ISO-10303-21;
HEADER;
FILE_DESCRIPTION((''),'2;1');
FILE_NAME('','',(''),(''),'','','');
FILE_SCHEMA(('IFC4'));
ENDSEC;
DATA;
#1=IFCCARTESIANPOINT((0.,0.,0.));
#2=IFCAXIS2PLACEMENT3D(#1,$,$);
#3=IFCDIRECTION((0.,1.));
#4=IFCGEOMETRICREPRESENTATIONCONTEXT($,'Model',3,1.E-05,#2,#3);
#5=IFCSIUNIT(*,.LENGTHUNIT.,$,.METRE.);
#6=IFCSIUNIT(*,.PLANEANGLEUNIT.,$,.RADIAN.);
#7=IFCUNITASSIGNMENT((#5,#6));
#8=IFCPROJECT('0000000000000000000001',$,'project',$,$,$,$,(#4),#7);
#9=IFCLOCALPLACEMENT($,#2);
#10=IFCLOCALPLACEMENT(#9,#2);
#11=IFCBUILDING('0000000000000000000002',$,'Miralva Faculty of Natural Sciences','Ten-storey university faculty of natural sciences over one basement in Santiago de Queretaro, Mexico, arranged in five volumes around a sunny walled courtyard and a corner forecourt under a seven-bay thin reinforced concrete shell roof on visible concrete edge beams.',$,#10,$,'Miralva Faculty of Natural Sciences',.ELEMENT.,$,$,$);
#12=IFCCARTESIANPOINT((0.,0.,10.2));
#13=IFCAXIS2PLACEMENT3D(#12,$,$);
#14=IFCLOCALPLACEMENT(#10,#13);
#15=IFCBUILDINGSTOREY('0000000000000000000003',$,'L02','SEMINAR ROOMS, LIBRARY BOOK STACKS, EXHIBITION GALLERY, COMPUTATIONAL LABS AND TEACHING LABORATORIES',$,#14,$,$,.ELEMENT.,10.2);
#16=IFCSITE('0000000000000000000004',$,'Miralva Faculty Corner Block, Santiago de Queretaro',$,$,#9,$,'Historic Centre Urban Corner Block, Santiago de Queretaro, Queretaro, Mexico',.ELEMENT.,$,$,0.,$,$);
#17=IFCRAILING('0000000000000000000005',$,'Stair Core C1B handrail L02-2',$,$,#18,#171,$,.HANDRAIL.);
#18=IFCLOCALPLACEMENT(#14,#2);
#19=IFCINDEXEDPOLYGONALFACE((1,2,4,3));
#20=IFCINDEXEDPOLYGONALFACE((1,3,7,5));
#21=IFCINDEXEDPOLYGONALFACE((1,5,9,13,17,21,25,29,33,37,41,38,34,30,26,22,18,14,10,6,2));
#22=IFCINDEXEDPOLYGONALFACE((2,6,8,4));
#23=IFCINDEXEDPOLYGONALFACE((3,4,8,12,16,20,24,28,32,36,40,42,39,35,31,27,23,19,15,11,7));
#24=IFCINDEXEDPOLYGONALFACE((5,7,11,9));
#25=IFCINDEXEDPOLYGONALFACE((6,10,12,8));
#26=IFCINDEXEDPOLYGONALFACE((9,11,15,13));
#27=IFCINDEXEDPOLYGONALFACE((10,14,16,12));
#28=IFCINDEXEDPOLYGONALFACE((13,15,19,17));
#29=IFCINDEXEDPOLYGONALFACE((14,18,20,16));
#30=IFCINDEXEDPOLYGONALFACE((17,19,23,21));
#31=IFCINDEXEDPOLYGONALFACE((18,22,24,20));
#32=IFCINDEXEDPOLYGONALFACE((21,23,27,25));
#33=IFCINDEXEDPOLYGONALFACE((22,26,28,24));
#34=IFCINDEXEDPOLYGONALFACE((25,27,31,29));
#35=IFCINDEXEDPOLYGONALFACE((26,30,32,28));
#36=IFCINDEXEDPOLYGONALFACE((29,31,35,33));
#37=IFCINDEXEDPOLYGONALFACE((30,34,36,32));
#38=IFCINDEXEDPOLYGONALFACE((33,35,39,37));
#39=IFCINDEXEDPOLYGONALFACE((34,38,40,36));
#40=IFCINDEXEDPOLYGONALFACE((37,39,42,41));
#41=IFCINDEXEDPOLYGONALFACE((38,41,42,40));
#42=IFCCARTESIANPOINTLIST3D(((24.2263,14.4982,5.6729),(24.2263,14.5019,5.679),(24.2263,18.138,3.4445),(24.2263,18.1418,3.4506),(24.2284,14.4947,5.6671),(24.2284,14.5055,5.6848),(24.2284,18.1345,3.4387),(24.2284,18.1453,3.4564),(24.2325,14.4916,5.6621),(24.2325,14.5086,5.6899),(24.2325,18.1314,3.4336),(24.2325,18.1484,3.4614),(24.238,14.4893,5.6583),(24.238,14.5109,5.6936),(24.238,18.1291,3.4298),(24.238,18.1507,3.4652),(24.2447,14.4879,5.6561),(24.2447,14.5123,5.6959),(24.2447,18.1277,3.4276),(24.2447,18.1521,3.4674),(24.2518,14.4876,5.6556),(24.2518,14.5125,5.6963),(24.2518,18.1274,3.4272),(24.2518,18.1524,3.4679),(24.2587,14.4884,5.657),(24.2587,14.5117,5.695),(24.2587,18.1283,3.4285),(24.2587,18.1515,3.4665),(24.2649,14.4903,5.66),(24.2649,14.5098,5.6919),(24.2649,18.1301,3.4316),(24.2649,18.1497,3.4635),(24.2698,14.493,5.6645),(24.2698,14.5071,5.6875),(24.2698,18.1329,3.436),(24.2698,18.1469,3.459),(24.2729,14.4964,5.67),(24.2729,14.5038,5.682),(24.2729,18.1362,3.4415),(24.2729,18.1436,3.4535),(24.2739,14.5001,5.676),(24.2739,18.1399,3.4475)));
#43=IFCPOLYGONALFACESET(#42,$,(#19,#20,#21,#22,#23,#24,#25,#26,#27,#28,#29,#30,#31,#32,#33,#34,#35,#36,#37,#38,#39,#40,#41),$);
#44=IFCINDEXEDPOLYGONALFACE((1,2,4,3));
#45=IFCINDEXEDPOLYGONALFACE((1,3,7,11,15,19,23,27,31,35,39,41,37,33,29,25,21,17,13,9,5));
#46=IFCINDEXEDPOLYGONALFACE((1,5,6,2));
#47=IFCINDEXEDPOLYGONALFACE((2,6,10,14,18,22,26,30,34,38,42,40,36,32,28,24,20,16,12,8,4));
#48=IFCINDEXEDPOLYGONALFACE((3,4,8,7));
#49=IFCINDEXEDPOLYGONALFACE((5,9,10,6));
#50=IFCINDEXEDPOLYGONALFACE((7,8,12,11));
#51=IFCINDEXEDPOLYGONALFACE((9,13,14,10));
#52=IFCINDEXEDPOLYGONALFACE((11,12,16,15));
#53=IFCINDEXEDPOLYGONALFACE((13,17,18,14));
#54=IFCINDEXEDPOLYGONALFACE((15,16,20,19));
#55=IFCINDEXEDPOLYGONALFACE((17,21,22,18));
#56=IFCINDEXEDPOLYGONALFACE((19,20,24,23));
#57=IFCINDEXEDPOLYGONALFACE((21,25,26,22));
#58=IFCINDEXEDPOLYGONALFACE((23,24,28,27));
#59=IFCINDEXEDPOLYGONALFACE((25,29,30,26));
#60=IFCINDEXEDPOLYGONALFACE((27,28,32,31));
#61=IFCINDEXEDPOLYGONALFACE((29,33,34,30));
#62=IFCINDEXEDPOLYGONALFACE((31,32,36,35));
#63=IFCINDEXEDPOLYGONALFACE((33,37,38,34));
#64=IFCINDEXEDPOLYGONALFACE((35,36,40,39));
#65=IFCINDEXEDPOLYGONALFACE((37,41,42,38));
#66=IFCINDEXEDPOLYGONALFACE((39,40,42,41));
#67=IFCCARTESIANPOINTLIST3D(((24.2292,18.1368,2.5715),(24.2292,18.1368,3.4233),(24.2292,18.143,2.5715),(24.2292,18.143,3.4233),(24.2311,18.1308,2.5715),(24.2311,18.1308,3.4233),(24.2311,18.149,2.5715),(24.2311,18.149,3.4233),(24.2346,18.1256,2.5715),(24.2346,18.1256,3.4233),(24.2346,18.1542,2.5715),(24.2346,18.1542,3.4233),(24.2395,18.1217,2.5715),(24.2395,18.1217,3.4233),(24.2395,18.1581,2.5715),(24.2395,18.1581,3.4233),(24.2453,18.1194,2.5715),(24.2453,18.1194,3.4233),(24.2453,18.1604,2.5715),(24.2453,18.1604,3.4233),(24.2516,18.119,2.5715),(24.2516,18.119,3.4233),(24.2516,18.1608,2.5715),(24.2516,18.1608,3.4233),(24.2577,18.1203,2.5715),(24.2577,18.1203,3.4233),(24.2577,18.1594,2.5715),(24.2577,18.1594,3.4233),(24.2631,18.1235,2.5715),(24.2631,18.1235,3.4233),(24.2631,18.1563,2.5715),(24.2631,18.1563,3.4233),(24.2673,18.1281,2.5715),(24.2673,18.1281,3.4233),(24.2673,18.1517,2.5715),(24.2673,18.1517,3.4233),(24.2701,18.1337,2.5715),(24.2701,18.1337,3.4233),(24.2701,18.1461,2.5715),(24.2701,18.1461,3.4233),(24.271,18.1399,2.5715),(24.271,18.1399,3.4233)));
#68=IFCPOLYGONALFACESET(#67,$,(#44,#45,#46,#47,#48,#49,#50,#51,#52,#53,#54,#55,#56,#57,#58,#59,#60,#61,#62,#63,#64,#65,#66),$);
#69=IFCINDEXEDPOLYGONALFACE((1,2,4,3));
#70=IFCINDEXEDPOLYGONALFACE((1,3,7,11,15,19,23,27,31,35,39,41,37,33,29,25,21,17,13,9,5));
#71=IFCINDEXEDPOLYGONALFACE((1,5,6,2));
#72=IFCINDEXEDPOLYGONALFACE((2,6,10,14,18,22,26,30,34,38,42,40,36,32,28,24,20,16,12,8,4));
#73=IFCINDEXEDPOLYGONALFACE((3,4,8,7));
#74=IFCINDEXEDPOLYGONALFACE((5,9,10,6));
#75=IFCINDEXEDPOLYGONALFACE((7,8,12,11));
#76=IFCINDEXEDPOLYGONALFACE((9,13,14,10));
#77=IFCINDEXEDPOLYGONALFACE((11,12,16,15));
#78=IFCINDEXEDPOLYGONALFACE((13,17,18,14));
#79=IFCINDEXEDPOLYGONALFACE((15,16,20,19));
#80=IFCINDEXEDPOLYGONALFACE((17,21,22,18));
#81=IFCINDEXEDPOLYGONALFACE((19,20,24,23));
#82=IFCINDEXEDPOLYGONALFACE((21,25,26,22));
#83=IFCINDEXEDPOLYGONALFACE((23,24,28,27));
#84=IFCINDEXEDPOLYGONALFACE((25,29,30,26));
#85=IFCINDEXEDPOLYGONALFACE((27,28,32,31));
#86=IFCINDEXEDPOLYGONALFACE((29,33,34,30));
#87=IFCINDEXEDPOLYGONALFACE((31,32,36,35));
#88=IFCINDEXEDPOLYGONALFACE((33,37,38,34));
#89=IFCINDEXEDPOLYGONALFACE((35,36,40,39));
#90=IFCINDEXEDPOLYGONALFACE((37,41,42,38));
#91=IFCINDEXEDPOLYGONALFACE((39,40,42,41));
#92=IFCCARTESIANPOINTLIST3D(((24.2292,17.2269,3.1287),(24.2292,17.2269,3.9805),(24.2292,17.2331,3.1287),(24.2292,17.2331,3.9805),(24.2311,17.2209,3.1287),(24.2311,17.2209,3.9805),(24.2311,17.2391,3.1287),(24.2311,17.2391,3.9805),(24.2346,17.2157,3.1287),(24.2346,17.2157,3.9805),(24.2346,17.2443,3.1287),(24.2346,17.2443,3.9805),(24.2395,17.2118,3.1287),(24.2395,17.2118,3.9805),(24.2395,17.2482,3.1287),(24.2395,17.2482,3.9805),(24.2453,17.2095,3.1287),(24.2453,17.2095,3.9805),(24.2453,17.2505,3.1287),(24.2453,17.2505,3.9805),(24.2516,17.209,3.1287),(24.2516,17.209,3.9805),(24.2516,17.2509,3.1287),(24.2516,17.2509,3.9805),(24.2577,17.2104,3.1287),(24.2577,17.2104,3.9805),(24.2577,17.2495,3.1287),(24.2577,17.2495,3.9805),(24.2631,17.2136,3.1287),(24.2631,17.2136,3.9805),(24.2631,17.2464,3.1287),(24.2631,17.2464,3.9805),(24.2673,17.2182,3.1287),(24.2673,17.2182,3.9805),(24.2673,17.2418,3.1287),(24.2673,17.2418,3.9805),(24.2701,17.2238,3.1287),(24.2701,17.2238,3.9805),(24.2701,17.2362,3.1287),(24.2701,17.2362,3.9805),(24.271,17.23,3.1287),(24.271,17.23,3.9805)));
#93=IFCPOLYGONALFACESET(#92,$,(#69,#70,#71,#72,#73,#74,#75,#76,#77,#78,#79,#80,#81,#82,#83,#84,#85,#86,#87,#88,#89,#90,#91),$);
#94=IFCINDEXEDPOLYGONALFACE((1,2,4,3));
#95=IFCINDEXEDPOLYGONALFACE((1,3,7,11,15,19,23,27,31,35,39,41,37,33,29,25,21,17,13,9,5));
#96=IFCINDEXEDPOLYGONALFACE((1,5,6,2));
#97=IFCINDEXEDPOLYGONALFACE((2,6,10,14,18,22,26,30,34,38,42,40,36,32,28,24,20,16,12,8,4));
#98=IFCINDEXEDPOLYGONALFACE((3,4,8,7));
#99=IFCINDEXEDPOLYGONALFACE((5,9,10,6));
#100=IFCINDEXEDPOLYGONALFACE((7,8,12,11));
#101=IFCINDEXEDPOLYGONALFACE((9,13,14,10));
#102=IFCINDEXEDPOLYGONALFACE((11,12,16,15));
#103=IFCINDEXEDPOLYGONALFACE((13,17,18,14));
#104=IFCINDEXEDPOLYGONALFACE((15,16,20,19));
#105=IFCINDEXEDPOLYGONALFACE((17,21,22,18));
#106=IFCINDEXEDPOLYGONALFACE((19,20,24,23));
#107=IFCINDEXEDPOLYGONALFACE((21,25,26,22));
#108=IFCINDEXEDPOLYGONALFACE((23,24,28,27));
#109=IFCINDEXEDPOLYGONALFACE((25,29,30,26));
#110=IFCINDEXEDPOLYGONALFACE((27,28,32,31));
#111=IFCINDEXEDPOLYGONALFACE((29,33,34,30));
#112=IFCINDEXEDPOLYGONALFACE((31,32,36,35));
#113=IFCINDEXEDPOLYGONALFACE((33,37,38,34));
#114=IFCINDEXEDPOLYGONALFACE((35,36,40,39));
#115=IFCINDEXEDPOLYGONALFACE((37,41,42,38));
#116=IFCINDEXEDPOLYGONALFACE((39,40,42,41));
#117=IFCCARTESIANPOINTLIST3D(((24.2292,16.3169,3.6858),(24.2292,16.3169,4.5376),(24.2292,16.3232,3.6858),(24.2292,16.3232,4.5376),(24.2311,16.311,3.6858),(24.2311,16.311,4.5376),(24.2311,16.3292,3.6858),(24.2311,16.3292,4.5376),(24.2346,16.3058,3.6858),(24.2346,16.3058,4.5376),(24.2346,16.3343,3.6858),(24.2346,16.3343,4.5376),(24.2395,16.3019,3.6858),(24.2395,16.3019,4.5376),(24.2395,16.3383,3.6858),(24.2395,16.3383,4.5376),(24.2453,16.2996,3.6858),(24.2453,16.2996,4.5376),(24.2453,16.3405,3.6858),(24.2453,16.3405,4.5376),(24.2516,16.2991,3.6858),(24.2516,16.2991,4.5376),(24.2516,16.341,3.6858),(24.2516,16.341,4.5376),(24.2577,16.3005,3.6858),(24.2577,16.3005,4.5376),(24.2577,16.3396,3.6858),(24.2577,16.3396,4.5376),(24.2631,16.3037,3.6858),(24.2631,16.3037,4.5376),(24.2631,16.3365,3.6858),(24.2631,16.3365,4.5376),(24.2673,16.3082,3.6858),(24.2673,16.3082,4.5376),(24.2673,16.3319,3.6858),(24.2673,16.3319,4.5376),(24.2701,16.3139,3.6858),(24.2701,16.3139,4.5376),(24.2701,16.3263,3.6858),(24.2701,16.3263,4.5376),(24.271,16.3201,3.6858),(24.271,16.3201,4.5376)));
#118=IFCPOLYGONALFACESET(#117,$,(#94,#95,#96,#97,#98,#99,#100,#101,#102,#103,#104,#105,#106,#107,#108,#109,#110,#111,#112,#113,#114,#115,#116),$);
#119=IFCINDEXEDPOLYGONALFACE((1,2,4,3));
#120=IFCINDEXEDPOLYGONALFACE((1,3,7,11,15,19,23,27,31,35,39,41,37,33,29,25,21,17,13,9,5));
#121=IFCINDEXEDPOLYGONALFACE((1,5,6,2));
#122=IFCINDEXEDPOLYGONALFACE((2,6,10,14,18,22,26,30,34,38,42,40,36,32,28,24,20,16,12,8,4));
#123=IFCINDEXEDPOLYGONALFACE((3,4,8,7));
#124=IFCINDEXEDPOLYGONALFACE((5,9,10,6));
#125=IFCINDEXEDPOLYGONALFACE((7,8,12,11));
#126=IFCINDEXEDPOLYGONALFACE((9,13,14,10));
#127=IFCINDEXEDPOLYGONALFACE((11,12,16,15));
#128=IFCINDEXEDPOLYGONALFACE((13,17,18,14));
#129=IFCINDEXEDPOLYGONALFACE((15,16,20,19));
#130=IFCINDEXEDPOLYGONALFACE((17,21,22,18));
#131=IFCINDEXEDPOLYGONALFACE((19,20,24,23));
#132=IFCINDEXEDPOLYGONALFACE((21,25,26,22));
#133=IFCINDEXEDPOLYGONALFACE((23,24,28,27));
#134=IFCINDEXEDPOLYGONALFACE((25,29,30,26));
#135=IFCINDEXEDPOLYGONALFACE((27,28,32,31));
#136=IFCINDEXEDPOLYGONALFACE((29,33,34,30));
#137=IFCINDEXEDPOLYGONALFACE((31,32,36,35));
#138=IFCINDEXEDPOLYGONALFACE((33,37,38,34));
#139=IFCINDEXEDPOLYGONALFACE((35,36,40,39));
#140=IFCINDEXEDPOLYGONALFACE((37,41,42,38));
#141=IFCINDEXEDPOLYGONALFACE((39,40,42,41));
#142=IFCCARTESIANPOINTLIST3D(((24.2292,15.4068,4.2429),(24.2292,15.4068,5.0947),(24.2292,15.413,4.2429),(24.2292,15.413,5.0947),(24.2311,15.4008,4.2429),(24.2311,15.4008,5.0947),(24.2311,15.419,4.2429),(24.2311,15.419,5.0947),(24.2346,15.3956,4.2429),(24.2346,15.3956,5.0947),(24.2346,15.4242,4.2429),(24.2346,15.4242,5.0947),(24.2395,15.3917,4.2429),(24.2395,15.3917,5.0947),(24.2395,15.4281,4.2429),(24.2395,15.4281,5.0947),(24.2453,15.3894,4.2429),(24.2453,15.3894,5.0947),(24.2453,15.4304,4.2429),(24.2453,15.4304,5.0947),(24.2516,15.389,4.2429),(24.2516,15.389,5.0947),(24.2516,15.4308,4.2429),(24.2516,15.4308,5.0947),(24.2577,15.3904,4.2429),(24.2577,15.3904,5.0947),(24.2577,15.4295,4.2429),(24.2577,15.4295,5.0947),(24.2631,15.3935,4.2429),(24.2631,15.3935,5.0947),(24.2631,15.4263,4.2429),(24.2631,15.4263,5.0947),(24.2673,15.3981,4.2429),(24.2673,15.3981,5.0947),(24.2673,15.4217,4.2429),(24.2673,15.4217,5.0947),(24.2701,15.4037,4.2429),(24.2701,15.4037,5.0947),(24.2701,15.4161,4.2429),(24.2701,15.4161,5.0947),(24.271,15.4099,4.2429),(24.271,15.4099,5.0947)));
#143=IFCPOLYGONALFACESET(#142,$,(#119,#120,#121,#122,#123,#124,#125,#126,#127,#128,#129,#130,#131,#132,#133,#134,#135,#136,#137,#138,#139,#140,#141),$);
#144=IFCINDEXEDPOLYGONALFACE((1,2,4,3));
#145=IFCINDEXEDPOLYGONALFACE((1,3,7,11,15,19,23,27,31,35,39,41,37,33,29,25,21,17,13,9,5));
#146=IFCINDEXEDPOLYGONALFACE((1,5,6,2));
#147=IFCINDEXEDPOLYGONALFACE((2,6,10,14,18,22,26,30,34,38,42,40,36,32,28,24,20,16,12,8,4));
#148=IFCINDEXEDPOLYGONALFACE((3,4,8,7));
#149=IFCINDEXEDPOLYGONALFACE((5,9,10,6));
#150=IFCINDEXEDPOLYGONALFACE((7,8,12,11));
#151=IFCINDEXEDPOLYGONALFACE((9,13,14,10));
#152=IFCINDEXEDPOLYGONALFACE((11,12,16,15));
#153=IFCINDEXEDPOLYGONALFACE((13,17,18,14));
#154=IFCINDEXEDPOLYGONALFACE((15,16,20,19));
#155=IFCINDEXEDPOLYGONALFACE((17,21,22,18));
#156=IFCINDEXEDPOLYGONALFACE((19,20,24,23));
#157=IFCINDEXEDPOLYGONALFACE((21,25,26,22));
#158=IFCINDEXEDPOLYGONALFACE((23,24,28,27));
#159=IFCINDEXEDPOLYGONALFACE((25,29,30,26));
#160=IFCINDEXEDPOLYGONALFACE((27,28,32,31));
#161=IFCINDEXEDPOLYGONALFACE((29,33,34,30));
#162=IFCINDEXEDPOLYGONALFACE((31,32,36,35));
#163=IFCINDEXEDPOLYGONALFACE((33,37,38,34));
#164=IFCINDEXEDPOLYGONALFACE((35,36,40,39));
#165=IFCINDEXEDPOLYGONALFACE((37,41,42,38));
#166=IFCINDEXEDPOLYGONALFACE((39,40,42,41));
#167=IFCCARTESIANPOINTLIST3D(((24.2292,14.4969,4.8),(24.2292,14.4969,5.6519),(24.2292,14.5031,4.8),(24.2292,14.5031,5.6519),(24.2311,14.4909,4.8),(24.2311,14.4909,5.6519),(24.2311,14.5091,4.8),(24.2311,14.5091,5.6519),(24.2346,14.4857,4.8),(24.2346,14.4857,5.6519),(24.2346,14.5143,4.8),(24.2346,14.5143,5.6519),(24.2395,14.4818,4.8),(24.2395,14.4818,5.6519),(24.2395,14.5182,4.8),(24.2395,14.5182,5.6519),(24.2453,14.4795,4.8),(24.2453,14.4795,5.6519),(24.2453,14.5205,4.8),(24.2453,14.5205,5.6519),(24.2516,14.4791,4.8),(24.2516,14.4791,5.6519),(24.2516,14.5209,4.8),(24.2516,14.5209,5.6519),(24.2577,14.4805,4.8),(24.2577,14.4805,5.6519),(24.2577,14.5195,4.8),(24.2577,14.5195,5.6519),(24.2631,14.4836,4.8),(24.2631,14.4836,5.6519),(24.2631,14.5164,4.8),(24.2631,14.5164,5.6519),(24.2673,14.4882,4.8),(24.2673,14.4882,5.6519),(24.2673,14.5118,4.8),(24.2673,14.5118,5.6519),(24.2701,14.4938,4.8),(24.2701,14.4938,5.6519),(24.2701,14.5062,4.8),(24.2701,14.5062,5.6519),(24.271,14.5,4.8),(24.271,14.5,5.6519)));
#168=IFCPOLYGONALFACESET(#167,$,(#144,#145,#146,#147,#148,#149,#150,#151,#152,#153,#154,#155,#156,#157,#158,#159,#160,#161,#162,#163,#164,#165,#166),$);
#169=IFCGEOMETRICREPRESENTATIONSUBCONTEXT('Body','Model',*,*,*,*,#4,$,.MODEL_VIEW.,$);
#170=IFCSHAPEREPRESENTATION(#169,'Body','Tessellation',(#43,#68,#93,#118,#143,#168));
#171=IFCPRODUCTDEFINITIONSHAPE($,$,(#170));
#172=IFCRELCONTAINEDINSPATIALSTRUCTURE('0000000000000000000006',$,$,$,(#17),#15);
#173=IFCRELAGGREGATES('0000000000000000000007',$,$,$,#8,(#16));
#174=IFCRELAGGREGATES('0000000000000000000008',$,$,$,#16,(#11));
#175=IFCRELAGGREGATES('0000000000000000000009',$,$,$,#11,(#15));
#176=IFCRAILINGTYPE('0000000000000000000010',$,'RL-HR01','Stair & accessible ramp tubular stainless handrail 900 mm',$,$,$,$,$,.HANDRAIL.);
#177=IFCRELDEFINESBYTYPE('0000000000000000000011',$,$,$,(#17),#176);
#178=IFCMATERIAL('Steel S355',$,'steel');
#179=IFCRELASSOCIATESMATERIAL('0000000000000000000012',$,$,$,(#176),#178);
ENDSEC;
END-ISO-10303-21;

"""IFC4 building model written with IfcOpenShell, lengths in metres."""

from ifc_helpers import new_model, si_unit, direction, frame, origin, origin_2d, place, context, subcontext, project, spatial, circle, extrude, material, type_object, element, save


model = new_model("IFC4")

# Units and contexts
model_context = context("Model", 3, precision=1e-05, world=origin(), true_north=direction((0.0, 1.0)))
body_context = subcontext(model_context, "Body", "Model", "MODEL_VIEW")
ifc_project = project(units=[si_unit("LENGTHUNIT", "METRE"), si_unit("PLANEANGLEUNIT", "RADIAN")], contexts=[model_context])

# Site, building, storey
site_placement = place(None, origin())
site = spatial("IfcSite", under=ifc_project, at=site_placement, Name="Miralva Faculty Corner Block, Santiago de Queretaro", LongName="Historic Centre Urban Corner Block, Santiago de Queretaro, Queretaro, Mexico", CompositionType="ELEMENT", RefElevation=0.0)
building_placement = place(site_placement, origin())
building = spatial("IfcBuilding", under=site, at=building_placement, Name="Miralva Faculty of Natural Sciences", Description="Ten-storey university faculty of natural sciences over one basement in Santiago de Queretaro, Mexico, arranged in five volumes around a sunny walled courtyard and a corner forecourt under a seven-bay thin reinforced concrete shell roof on visible concrete edge beams.", LongName="Miralva Faculty of Natural Sciences", CompositionType="ELEMENT")
storey_placement = place(building_placement, frame((0.0, 0.0, 10.2)))
storey = spatial("IfcBuildingStorey", under=building, at=storey_placement, Name="L02", Description="SEMINAR ROOMS, LIBRARY BOOK STACKS, EXHIBITION GALLERY, COMPUTATIONAL LABS AND TEACHING LABORATORIES", CompositionType="ELEMENT", Elevation=10.2)

# Railing
ifc_material_1 = material(Name="Steel S355", Category="steel")
railing_type_1 = type_object("IfcRailingType", Name="RL-HR01", Description="Stair & accessible ramp tubular stainless handrail 900 mm", PredefinedType="HANDRAIL", material=ifc_material_1)
railing_1_placement = place(storey_placement, frame((24.25, 18.1399, 2.5715)))
element("IfcRailing", 1, at=railing_1_placement, inside=storey, type_object=railing_type_1, Name="Stair Core C1B handrail L02-2", PredefinedType="HANDRAIL", context=body_context, shape_type="SweptSolid", body=[
    extrude(circle(Radius=0.0239, at=origin_2d()), frame((0.0, 0.0, 0.876), z_axis=(0.0, -0.85285, 0.522156), x_axis=(1.0, 0.0, 0.0)), (0.0, 0.0, 1.0), 4.2678),
    extrude(circle(Radius=0.021, at=origin_2d()), origin(), (0.0, 0.0, 1.0), 0.8518),
    extrude(circle(Radius=0.021, at=origin_2d()), frame((0.0, -0.9099, 0.5571)), (0.0, 0.0, 1.0), 0.8518),
    extrude(circle(Radius=0.021, at=origin_2d()), frame((0.0, -1.8198, 1.1143)), (0.0, 0.0, 1.0), 0.8518),
    extrude(circle(Radius=0.021, at=origin_2d()), frame((0.0, -2.73, 1.6714)), (0.0, 0.0, 1.0), 0.8518),
    extrude(circle(Radius=0.021, at=origin_2d()), frame((0.0, -3.6399, 2.2285)), (0.0, 0.0, 1.0), 0.8518),
])

save(model, "model.ifc")
